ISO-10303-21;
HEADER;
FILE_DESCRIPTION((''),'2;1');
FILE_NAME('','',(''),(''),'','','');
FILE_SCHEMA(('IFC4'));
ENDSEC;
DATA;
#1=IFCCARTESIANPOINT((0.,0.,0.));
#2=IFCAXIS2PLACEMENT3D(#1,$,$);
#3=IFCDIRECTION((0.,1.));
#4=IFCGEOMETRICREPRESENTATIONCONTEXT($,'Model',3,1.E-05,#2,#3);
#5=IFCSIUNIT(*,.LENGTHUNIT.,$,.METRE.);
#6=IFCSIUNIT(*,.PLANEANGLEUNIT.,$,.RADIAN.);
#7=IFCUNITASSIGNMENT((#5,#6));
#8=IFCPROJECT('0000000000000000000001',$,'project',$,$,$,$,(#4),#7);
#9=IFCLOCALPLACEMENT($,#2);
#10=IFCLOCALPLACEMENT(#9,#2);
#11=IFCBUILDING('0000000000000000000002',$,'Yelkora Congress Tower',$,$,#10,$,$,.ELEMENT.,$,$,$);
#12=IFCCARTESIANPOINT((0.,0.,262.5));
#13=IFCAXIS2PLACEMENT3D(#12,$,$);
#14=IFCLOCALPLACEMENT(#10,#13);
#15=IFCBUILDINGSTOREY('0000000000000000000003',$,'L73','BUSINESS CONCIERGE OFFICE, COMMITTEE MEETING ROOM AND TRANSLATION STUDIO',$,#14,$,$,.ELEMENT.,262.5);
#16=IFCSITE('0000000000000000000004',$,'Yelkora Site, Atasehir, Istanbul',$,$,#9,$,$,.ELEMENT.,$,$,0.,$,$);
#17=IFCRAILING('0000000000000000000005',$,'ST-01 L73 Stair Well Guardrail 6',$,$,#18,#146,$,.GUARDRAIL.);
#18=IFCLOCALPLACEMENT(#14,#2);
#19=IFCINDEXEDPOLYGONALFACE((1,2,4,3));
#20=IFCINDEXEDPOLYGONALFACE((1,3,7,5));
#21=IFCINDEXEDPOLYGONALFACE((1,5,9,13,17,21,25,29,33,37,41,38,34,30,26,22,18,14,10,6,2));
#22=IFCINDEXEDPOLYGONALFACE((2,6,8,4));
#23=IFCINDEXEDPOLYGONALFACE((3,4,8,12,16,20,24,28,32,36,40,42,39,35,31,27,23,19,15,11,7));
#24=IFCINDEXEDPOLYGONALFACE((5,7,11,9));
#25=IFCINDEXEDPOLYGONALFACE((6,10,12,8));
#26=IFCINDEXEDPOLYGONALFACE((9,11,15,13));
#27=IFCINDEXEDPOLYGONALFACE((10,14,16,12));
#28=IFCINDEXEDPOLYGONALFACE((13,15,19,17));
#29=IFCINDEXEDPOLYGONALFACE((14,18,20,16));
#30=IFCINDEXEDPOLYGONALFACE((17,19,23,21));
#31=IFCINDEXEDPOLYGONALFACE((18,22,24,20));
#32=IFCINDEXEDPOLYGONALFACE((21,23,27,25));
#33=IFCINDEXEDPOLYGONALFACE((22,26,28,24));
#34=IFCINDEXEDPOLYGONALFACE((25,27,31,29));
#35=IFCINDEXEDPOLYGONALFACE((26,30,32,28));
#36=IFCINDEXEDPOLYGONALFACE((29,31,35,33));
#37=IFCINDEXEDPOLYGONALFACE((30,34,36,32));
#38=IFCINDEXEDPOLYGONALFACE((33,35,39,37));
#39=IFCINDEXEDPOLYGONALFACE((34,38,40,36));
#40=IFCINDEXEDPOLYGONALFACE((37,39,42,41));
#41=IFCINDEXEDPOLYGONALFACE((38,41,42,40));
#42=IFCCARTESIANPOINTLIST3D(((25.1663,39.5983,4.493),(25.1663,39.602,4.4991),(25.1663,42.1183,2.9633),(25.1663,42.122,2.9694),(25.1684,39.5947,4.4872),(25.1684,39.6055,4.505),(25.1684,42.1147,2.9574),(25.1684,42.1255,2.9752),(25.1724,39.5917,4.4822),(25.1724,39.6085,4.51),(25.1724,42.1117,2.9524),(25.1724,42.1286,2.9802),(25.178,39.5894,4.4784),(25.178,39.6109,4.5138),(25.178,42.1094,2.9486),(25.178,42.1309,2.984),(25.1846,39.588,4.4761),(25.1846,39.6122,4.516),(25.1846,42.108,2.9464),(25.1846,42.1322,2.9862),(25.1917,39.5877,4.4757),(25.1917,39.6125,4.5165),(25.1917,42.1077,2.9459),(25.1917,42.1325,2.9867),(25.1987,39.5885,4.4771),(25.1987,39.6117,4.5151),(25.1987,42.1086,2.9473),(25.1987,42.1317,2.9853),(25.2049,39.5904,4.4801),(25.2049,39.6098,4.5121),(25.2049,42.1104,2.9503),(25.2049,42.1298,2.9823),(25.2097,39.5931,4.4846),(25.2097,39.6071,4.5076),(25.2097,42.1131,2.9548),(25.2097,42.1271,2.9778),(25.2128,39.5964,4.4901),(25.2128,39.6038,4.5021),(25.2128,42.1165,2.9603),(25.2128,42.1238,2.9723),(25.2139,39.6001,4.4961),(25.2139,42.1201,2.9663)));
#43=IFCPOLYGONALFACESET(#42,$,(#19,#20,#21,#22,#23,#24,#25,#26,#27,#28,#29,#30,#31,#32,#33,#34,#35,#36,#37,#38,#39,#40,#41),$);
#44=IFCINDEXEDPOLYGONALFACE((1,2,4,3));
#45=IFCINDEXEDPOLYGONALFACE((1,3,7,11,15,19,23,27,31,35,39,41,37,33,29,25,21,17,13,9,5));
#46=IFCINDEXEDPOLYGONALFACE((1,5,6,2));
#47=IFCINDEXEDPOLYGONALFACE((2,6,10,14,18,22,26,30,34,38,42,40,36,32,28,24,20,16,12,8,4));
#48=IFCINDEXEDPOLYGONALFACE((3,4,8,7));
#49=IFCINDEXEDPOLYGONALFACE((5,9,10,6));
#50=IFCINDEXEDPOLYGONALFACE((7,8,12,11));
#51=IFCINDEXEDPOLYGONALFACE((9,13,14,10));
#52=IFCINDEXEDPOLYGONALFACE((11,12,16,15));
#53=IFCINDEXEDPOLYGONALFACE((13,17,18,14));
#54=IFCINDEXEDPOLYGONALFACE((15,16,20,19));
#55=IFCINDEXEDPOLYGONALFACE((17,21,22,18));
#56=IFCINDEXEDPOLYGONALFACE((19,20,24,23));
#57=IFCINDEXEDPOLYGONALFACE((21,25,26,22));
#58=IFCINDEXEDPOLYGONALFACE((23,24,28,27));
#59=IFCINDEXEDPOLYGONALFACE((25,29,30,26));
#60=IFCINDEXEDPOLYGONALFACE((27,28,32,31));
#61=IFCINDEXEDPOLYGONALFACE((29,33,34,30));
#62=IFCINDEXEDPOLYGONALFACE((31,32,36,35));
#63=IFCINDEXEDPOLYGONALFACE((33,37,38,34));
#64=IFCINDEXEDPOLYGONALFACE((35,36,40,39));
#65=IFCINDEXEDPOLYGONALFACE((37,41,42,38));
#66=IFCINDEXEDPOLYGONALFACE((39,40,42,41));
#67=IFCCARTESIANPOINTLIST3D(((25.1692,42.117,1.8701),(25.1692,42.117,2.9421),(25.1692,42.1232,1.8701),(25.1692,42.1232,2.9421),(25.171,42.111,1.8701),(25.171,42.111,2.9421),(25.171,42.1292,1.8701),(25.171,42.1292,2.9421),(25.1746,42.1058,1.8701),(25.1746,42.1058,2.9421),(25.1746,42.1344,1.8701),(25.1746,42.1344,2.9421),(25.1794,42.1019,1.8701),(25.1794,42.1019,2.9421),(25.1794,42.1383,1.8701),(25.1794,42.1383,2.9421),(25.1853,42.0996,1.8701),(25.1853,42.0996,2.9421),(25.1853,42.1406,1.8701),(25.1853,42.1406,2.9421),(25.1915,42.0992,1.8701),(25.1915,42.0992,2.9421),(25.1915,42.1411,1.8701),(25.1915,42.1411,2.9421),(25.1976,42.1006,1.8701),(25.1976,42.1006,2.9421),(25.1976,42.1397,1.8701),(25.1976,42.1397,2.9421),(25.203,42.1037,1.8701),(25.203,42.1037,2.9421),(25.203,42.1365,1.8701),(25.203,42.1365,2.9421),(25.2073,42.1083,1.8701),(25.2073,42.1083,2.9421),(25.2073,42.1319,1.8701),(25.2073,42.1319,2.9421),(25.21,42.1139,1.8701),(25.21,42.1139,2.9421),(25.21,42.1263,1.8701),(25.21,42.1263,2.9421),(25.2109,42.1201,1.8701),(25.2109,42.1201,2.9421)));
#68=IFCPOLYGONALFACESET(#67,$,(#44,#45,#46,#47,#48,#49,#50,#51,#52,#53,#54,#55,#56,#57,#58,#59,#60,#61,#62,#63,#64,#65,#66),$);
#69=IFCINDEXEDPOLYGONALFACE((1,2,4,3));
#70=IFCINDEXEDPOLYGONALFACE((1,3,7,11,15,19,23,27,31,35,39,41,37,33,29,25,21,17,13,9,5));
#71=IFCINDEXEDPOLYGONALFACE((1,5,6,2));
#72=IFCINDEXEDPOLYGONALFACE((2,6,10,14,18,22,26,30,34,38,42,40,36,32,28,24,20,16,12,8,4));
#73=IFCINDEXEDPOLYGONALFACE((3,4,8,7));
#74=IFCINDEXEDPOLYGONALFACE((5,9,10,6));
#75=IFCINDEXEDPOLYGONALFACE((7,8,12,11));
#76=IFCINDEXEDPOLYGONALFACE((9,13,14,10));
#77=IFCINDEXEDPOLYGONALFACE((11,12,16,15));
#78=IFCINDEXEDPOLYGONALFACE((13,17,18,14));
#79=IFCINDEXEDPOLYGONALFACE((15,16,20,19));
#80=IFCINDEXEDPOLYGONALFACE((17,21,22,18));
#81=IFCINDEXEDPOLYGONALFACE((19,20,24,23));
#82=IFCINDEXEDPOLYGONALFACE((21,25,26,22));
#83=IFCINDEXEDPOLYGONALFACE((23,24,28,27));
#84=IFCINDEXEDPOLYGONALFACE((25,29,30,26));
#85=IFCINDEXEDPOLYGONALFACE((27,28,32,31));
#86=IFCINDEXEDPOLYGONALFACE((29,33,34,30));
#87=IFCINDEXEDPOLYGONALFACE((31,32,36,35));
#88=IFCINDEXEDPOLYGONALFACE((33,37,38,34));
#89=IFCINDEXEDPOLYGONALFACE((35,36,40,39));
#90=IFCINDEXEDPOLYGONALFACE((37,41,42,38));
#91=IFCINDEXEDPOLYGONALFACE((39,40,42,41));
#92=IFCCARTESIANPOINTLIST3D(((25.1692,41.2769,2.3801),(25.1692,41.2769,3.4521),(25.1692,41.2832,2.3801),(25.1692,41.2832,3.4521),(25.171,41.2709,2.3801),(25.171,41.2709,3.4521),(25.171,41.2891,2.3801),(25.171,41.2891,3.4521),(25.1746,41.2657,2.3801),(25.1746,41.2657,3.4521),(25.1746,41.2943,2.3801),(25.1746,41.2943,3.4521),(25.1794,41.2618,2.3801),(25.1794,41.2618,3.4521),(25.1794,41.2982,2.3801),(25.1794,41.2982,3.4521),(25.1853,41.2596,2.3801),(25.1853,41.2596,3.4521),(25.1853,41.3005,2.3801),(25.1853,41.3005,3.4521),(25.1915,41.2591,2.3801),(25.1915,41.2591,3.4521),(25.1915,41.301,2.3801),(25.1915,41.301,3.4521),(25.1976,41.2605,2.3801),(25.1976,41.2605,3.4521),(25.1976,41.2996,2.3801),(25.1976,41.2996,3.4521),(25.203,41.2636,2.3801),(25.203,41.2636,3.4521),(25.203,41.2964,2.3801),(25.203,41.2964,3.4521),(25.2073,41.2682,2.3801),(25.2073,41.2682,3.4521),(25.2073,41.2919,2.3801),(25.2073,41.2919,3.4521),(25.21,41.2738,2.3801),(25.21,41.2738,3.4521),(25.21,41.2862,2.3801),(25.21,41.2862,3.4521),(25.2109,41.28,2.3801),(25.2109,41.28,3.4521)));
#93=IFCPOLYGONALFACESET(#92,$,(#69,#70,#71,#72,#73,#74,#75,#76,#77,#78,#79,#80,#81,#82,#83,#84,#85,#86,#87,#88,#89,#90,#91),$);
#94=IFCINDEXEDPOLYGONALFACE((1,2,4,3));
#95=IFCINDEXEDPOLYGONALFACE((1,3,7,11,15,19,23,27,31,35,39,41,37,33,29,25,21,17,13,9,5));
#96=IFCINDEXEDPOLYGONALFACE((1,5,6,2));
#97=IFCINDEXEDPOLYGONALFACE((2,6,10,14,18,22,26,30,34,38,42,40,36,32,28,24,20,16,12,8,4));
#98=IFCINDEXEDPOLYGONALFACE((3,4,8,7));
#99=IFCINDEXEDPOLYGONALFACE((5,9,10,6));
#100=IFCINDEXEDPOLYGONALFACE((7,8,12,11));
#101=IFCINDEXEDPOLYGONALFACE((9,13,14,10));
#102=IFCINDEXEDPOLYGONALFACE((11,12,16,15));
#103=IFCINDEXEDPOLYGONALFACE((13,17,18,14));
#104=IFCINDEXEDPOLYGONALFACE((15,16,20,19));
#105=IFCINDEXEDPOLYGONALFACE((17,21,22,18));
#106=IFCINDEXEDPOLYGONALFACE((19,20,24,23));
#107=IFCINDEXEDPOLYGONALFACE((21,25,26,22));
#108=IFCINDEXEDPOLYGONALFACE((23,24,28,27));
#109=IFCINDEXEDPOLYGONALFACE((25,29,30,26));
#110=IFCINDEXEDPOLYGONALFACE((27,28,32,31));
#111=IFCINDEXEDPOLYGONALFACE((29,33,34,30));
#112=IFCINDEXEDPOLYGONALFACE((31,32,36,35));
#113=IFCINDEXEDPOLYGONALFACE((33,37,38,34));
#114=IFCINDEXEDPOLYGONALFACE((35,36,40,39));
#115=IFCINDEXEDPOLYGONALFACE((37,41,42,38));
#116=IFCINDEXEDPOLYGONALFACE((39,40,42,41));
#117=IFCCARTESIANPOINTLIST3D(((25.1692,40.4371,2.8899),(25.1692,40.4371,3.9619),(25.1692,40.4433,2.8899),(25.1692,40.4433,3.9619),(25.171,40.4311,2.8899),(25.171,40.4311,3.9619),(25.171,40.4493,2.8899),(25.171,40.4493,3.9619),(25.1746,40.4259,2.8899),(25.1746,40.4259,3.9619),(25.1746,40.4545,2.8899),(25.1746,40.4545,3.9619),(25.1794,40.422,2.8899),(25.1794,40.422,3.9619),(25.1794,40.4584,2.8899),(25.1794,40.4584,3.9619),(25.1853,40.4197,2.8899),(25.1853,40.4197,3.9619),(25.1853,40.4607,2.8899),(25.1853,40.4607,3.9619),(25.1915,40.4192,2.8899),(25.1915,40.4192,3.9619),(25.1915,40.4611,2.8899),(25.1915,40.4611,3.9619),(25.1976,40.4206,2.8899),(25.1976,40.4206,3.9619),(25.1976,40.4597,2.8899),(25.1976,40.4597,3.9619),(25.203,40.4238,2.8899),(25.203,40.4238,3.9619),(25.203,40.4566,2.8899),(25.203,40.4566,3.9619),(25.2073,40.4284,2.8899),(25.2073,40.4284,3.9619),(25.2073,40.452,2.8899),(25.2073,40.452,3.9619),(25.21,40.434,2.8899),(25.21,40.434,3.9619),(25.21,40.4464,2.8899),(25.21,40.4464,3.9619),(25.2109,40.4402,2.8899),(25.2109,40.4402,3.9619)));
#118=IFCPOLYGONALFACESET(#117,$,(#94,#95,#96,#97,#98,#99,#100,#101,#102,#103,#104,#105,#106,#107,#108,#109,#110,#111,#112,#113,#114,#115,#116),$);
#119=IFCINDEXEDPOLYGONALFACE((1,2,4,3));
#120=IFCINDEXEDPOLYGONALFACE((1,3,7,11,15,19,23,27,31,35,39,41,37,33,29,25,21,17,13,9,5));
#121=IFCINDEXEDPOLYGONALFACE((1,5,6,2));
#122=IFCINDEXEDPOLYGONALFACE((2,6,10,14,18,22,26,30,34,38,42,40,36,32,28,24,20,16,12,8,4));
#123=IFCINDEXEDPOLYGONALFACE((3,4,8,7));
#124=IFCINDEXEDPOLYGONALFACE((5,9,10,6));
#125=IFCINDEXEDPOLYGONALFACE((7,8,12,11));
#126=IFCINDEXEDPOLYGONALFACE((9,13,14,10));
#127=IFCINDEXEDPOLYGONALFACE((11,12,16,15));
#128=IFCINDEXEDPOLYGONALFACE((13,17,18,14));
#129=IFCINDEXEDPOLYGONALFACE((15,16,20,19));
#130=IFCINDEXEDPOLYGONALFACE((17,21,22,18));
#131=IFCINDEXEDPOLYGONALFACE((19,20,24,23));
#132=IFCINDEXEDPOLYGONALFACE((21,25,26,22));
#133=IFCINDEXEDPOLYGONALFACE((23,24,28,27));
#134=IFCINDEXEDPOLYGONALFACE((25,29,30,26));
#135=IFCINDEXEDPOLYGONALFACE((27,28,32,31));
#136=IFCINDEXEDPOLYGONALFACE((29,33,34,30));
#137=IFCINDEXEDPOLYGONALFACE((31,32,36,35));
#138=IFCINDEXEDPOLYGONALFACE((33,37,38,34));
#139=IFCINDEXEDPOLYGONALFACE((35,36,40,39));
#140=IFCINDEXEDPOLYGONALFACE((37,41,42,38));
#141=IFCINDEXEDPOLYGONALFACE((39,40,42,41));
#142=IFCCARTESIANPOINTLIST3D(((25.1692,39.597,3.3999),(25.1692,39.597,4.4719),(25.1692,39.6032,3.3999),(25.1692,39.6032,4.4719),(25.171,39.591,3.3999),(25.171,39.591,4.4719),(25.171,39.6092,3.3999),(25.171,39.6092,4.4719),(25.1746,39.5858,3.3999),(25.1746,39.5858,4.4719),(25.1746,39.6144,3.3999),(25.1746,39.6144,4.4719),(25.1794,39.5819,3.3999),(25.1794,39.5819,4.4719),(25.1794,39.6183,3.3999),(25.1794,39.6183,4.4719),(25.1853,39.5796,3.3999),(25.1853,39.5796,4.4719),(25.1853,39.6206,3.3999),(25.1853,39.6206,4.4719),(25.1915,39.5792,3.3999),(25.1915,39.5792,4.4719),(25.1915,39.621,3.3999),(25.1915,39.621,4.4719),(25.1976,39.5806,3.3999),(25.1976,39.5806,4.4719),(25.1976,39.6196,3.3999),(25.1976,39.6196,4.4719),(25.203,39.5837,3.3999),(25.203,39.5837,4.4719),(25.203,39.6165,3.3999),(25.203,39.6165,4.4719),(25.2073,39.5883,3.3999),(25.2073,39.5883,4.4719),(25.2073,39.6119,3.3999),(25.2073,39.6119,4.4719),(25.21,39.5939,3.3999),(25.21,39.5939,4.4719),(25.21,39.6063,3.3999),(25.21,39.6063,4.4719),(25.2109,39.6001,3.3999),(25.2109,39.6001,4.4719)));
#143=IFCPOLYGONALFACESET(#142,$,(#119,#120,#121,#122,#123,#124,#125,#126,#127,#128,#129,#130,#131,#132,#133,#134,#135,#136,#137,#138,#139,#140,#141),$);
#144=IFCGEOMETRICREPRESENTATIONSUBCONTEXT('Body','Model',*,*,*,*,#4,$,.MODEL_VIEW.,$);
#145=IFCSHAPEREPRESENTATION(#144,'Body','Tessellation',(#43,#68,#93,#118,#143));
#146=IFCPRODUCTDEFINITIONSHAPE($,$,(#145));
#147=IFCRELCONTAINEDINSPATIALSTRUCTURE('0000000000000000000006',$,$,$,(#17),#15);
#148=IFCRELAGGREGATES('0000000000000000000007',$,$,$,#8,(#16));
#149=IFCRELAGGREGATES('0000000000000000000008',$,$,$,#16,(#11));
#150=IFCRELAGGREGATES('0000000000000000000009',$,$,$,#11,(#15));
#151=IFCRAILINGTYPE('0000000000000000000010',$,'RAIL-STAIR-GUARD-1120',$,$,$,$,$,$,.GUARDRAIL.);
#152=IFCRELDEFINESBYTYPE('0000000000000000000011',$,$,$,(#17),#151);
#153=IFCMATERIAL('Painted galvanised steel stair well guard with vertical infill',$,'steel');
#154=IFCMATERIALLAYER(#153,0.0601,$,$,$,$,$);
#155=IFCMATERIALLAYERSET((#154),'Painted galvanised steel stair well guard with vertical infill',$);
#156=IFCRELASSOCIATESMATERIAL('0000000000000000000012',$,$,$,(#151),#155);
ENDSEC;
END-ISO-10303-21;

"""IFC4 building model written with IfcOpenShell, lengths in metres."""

from ifc_helpers import new_model, si_unit, direction, frame, origin, origin_2d, place, context, subcontext, project, spatial, circle, extrude, material, layer, layer_set, type_object, element, save


model = new_model("IFC4")

# Units and contexts
model_context = context("Model", 3, precision=1e-05, world=origin(), true_north=direction((0.0, 1.0)))
body_context = subcontext(model_context, "Body", "Model", "MODEL_VIEW")
ifc_project = project(units=[si_unit("LENGTHUNIT", "METRE"), si_unit("PLANEANGLEUNIT", "RADIAN")], contexts=[model_context])

# Site, building, storey
site_placement = place(None, origin())
site = spatial("IfcSite", under=ifc_project, at=site_placement, Name="Yelkora Site, Atasehir, Istanbul", CompositionType="ELEMENT", RefElevation=0.0)
building_placement = place(site_placement, origin())
building = spatial("IfcBuilding", under=site, at=building_placement, Name="Yelkora Congress Tower", CompositionType="ELEMENT")
storey_placement = place(building_placement, frame((0.0, 0.0, 262.5)))
storey = spatial("IfcBuildingStorey", under=building, at=storey_placement, Name="L73", Description="BUSINESS CONCIERGE OFFICE, COMMITTEE MEETING ROOM AND TRANSLATION STUDIO", CompositionType="ELEMENT", Elevation=262.5)

# Railing
ifc_material_1 = material(Name="Painted galvanised steel stair well guard with vertical infill", Category="steel")
ifc_layer_1 = layer(ifc_material_1, 0.0601)
ifc_layer_set_1 = layer_set([ifc_layer_1], Name="Painted galvanised steel stair well guard with vertical infill")
railing_type_1 = type_object("IfcRailingType", Name="RAIL-STAIR-GUARD-1120", PredefinedType="GUARDRAIL", material=ifc_layer_set_1)
railing_1_placement = place(storey_placement, frame((25.1899, 42.1201, 1.8701)))
element("IfcRailing", 1, at=railing_1_placement, inside=storey, type_object=railing_type_1, Name="ST-01 L73 Stair Well Guardrail 6", PredefinedType="GUARDRAIL", context=body_context, shape_type="SweptSolid", body=[
    extrude(circle(Radius=0.0239, at=origin_2d()), frame((0.0, 0.0, 1.0962), z_axis=(0.0, -0.854822, 0.518922), x_axis=(1.0, 0.0, 0.0)), (0.0, 0.0, 1.0), 2.948),
    extrude(circle(Radius=0.021, at=origin_2d()), origin(), (0.0, 0.0, 1.0), 1.072),
    extrude(circle(Radius=0.021, at=origin_2d()), frame((0.0, -0.8401, 0.51)), (0.0, 0.0, 1.0), 1.072),
    extrude(circle(Radius=0.021, at=origin_2d()), frame((0.0, -1.6799, 1.0198)), (0.0, 0.0, 1.0), 1.072),
    extrude(circle(Radius=0.021, at=origin_2d()), frame((0.0, -2.52, 1.5298)), (0.0, 0.0, 1.0), 1.072),
])

save(model, "model.ifc")
